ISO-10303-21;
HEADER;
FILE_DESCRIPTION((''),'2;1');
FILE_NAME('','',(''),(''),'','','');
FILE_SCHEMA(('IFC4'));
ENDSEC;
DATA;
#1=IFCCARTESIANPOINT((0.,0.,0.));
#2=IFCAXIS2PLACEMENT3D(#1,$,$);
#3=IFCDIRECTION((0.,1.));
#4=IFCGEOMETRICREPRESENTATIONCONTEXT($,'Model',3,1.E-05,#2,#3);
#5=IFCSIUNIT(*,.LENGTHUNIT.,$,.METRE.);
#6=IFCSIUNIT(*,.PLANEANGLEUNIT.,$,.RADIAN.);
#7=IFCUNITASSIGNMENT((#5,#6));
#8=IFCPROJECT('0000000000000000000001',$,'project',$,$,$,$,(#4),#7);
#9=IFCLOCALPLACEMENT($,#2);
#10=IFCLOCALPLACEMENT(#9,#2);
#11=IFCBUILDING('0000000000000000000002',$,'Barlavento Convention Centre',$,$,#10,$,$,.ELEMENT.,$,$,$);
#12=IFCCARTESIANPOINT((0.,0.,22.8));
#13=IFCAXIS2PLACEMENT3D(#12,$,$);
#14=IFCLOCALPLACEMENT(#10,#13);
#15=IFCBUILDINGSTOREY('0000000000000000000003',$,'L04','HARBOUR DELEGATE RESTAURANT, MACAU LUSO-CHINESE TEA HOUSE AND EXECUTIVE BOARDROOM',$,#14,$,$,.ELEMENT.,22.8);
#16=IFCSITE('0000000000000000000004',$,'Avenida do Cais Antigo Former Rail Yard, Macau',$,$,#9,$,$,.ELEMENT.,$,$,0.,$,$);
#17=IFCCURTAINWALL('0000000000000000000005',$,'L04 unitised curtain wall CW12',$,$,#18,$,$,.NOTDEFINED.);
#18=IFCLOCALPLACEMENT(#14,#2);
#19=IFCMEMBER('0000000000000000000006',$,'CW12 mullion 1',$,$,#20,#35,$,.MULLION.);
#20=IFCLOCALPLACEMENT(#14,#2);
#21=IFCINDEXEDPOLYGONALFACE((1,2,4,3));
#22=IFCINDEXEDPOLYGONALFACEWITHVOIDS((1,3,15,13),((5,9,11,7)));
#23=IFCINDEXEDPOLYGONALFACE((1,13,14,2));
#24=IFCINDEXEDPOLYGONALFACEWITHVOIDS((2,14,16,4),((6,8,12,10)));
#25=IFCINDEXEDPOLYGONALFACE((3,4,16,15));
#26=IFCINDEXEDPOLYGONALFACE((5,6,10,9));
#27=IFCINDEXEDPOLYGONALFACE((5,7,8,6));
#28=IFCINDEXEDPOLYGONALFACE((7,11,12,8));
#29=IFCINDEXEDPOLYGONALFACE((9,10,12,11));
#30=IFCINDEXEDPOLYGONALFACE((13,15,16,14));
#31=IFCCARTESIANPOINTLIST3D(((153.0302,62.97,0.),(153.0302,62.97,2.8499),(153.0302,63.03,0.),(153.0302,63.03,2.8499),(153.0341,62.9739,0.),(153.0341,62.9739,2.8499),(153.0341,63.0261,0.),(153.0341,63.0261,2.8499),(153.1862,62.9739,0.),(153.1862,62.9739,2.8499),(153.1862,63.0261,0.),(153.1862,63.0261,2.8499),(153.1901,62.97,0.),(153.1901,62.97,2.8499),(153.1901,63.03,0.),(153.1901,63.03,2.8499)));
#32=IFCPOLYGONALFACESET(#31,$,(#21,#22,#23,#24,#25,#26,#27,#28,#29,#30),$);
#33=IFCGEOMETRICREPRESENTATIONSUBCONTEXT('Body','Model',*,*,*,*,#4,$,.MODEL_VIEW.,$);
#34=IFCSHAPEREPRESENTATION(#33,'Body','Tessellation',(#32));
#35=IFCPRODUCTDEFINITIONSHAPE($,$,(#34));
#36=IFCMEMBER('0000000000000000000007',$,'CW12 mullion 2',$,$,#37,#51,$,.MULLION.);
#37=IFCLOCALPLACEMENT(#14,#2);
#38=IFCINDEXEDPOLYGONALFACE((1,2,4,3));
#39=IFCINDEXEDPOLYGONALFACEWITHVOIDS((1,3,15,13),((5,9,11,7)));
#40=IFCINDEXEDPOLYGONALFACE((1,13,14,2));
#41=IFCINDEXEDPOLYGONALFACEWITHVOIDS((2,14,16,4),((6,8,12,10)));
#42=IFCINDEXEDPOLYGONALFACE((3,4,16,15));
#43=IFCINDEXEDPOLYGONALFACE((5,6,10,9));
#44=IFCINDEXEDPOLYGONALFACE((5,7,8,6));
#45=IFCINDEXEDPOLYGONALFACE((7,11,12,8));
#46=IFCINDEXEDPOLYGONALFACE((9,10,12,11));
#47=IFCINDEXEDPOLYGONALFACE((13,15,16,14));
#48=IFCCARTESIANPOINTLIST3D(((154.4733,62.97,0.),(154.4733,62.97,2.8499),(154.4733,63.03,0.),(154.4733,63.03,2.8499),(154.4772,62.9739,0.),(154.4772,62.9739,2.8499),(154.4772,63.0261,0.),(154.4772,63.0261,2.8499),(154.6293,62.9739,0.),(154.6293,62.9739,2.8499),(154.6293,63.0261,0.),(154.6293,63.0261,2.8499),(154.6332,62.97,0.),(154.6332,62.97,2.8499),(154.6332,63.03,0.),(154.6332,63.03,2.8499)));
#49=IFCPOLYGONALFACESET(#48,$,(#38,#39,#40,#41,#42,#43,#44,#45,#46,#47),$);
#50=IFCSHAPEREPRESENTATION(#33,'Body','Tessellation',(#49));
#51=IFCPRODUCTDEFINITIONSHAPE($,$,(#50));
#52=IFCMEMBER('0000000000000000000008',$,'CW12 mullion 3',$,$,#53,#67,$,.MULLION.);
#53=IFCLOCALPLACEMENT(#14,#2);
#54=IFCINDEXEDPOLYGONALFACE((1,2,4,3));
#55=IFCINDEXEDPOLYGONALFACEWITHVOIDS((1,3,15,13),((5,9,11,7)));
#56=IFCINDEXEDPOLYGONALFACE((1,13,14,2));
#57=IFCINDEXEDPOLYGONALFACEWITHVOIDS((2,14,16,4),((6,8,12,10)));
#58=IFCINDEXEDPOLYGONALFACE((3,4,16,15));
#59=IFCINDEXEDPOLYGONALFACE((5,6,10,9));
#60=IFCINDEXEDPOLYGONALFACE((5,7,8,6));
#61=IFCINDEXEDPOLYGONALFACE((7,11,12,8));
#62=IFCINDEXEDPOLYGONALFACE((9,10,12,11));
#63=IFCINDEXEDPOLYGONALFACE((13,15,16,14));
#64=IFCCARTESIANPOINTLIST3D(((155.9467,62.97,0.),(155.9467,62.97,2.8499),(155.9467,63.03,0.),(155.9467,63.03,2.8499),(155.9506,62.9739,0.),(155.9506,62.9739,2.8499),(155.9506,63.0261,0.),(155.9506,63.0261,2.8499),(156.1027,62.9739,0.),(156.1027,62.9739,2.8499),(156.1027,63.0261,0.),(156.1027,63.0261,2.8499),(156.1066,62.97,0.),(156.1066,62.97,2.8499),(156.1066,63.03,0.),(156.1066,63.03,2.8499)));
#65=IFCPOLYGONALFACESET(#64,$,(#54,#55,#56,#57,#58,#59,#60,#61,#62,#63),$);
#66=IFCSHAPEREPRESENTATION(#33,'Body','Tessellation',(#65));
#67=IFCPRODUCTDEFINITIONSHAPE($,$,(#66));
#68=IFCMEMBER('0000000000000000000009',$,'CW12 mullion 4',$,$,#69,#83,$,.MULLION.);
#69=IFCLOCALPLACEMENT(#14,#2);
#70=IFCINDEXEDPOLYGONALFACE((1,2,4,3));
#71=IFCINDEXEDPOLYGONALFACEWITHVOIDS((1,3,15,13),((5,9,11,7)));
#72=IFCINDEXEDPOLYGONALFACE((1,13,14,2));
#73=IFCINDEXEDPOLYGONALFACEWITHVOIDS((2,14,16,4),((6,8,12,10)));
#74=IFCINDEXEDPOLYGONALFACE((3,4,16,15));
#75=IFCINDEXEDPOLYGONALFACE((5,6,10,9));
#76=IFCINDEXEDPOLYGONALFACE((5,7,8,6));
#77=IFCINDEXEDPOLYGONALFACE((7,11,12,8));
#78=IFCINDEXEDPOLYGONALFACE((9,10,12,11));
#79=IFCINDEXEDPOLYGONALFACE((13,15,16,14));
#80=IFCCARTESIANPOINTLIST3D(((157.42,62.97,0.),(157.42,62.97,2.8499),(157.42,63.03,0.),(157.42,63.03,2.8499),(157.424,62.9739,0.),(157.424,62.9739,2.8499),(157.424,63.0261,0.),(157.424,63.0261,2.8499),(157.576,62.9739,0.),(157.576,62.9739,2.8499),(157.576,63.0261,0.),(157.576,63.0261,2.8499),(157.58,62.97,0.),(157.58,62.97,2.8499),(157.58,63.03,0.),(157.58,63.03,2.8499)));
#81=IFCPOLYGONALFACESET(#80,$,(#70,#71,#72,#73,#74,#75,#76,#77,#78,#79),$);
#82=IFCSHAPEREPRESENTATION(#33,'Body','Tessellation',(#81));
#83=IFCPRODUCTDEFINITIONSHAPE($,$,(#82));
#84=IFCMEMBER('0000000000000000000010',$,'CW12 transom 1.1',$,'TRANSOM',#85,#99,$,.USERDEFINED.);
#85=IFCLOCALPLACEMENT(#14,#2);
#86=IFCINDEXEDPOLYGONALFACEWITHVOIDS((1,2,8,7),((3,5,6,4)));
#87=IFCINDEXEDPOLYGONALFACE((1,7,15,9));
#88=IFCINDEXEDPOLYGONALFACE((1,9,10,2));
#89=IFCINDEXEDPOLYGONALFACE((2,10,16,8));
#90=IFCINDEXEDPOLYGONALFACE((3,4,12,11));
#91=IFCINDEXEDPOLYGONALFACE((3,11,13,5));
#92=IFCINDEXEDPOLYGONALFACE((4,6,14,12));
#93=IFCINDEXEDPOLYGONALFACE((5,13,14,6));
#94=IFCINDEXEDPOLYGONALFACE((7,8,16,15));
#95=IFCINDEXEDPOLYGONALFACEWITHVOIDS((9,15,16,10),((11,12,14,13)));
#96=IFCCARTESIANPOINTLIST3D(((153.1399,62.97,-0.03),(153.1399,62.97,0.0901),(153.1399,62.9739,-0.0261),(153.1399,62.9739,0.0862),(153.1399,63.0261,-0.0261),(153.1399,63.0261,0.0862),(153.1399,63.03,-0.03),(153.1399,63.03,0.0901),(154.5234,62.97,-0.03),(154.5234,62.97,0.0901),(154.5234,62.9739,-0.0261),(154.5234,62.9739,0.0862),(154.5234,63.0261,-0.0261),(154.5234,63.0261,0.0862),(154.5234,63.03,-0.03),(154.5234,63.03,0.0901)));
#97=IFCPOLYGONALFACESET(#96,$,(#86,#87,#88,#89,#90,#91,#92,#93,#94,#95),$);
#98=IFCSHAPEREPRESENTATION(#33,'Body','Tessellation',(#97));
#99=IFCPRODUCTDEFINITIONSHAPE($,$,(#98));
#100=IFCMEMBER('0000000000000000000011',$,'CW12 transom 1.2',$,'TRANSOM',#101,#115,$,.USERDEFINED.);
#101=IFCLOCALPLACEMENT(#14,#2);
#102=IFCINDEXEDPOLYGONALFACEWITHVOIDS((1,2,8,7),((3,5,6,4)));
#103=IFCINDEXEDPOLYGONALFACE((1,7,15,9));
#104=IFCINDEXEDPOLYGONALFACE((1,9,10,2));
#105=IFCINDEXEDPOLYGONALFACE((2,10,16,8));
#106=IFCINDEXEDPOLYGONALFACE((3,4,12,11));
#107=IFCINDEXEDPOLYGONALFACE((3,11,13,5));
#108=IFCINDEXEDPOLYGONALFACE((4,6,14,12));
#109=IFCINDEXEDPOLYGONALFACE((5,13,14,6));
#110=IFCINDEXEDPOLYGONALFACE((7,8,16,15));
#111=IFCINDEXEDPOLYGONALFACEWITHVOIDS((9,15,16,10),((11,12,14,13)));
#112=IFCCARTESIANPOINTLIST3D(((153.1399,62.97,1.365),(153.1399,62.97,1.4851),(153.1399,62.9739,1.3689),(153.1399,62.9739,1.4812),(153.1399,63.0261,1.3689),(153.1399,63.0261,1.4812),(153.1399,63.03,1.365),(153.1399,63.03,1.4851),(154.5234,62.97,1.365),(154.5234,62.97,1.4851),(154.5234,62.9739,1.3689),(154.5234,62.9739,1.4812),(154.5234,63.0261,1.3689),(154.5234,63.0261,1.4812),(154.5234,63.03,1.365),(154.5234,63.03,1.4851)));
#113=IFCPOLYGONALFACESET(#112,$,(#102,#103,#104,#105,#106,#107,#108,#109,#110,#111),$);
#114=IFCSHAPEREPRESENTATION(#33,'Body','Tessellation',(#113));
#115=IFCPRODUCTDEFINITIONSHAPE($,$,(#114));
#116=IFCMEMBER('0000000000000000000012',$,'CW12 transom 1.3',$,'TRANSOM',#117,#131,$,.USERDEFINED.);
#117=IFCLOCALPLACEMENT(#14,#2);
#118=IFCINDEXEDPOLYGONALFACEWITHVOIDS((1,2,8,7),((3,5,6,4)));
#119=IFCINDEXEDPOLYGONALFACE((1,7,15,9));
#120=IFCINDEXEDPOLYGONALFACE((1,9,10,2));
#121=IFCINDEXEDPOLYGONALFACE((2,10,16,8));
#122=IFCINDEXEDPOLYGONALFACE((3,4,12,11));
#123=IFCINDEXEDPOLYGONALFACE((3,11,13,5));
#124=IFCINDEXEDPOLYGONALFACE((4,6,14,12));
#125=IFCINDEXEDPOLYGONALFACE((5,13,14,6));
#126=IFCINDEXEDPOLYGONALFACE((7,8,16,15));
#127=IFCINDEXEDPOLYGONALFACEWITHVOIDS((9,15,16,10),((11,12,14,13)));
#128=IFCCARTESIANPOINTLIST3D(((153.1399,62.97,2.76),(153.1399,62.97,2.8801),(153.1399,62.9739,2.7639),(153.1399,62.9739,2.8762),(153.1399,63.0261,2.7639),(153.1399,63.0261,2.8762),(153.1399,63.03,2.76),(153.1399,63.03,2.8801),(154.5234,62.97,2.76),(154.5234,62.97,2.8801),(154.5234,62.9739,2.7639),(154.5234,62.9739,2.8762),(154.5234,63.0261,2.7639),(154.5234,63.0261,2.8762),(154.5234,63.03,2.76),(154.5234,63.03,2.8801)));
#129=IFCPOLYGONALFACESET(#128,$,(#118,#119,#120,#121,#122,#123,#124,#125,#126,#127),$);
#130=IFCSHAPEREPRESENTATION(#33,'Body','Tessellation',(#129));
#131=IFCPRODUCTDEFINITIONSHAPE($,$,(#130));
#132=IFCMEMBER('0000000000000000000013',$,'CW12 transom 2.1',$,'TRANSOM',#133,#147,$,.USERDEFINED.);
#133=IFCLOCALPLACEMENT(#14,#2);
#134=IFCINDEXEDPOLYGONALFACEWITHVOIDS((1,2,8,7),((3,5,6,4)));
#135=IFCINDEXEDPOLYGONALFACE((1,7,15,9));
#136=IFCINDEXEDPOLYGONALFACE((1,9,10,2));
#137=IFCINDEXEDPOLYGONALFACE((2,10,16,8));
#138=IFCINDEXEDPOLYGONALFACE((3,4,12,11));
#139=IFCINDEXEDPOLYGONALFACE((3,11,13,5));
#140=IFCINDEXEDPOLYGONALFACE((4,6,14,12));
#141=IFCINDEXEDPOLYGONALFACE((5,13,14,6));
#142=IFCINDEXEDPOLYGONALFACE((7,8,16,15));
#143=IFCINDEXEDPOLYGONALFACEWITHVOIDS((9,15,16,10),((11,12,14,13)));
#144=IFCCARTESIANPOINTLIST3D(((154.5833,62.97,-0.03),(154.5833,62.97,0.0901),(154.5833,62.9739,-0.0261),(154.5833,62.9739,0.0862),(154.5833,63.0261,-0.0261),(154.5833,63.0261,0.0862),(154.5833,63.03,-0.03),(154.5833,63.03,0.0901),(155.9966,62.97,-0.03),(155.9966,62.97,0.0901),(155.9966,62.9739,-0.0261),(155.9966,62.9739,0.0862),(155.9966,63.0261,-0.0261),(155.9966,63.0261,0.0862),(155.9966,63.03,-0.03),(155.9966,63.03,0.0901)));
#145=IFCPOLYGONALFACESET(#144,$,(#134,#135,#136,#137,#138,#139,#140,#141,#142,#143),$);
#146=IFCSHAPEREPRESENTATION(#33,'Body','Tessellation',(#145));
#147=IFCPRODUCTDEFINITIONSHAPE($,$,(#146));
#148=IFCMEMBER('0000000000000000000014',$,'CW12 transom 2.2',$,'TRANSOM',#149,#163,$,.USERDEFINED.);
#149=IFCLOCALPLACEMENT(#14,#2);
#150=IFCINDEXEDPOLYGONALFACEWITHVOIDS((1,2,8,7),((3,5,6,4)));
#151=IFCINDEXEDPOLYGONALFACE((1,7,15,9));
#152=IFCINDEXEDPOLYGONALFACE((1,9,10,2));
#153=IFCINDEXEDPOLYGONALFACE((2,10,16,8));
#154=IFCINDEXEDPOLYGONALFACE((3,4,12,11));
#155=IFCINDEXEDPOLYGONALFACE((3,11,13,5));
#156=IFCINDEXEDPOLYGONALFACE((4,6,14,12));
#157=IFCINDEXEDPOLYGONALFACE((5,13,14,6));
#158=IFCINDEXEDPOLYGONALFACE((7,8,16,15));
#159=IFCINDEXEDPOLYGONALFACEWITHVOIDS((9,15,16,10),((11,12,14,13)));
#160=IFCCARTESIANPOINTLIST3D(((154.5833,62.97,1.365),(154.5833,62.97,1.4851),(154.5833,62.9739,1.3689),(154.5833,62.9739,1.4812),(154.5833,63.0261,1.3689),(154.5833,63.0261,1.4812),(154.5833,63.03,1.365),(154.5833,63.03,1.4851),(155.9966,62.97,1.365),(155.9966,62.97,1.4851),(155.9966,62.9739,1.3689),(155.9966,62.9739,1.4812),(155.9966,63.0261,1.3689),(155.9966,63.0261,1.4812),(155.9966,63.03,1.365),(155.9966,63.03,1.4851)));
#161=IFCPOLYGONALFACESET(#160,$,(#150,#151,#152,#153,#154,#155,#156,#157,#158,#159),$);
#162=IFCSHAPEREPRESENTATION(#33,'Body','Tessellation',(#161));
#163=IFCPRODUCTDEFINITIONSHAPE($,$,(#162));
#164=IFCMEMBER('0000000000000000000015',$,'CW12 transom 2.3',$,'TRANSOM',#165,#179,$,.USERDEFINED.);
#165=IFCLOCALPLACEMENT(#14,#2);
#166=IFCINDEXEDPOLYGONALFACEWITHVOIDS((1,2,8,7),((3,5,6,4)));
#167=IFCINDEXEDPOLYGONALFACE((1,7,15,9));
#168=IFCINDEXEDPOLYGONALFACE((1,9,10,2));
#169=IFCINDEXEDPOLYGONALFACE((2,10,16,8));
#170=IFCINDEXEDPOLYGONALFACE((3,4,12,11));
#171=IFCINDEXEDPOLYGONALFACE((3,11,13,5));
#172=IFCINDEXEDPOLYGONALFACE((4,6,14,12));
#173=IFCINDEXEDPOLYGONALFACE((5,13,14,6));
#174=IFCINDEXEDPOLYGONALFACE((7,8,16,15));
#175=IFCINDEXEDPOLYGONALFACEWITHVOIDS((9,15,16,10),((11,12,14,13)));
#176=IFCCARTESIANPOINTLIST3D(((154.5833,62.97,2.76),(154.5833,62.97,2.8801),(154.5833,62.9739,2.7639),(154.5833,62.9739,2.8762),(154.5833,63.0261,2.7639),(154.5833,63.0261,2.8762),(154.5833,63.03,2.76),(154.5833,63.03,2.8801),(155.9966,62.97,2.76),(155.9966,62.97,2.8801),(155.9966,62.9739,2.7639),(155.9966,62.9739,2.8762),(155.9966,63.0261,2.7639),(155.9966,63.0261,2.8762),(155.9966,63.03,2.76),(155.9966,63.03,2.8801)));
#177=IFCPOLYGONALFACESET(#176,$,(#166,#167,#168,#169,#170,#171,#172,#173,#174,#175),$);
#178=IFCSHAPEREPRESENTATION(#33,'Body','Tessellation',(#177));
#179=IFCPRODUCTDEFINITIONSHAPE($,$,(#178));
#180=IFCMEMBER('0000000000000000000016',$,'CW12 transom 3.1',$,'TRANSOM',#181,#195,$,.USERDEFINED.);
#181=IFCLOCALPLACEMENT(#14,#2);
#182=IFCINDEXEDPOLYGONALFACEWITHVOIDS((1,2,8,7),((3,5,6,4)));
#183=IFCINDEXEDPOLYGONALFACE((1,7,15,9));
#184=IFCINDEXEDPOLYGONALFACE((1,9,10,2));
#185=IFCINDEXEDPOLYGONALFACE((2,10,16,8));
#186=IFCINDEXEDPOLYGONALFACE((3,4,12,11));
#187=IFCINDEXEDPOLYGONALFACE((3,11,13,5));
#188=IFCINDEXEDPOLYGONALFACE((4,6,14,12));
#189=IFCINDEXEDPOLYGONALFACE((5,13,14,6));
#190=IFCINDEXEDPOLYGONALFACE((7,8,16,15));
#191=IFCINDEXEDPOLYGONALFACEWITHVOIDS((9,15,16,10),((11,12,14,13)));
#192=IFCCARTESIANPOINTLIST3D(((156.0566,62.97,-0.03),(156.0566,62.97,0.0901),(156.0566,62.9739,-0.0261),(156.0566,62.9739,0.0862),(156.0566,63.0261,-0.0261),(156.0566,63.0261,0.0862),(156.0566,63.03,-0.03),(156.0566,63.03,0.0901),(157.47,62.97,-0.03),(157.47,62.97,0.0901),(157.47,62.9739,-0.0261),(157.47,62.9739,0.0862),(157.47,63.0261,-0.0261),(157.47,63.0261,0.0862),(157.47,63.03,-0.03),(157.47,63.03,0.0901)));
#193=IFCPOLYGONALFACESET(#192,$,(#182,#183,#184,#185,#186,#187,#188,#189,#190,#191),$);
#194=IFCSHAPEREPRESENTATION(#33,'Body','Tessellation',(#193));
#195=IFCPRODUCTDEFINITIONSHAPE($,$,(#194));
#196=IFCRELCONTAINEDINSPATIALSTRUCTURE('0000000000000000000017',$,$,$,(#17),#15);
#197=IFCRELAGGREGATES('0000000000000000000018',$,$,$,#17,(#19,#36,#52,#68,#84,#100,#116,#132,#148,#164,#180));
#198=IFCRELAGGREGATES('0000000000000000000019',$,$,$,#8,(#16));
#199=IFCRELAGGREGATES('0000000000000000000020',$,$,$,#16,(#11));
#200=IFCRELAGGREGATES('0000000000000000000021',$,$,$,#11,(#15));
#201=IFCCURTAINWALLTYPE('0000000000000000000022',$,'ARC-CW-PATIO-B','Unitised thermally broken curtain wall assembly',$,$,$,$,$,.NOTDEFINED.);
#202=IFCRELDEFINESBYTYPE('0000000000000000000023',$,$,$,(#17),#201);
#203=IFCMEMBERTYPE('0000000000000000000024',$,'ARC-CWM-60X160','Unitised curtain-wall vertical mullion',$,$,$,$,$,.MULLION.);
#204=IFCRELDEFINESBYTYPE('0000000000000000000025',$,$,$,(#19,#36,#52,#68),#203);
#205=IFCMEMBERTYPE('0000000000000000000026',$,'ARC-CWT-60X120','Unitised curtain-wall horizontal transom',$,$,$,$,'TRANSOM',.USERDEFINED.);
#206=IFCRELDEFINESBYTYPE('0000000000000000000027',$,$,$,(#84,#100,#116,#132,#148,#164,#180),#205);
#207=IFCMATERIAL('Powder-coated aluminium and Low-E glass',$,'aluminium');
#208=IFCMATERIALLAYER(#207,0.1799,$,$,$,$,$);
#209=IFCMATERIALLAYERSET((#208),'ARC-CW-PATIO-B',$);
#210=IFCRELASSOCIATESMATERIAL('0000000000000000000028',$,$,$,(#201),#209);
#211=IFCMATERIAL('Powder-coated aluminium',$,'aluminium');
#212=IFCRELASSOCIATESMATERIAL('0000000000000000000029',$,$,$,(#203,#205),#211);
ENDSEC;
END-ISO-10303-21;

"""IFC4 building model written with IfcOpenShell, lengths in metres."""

from ifc_helpers import new_model, si_unit, direction, frame, origin, origin_2d, place, context, subcontext, project, spatial, hollow_rectangle, extrude, material, layer, layer_set, material_profile, profile_set, type_object, element, aggregate, save


model = new_model("IFC4")

# Units and contexts
model_context = context("Model", 3, precision=1e-05, world=origin(), true_north=direction((0.0, 1.0)))
body_context = subcontext(model_context, "Body", "Model", "MODEL_VIEW")
ifc_project = project(units=[si_unit("LENGTHUNIT", "METRE"), si_unit("PLANEANGLEUNIT", "RADIAN")], contexts=[model_context])

# Site, building, storey
site_placement = place(None, origin())
site = spatial("IfcSite", under=ifc_project, at=site_placement, Name="Avenida do Cais Antigo Former Rail Yard, Macau", CompositionType="ELEMENT", RefElevation=0.0)
building_placement = place(site_placement, origin())
building = spatial("IfcBuilding", under=site, at=building_placement, Name="Barlavento Convention Centre", CompositionType="ELEMENT")
storey_placement = place(building_placement, frame((0.0, 0.0, 22.8)))
storey = spatial("IfcBuildingStorey", under=building, at=storey_placement, Name="L04", Description="HARBOUR DELEGATE RESTAURANT, MACAU LUSO-CHINESE TEA HOUSE AND EXECUTIVE BOARDROOM", CompositionType="ELEMENT", Elevation=22.8)

# Curtain wall, members
ifc_material_1 = material(Name="Powder-coated aluminium and Low-E glass", Category="aluminium")
ifc_layer_1 = layer(ifc_material_1, 0.1799)
ifc_layer_set_1 = layer_set([ifc_layer_1], Name="ARC-CW-PATIO-B")
curtain_wall_type = type_object("IfcCurtainWallType", Name="ARC-CW-PATIO-B", Description="Unitised thermally broken curtain wall assembly", PredefinedType="NOTDEFINED", material=ifc_layer_set_1)
curtain_wall_placement = place(storey_placement, origin())
curtain_wall = element("IfcCurtainWall", 1, at=curtain_wall_placement, inside=storey, type_object=curtain_wall_type, Name="L04 unitised curtain wall CW12", PredefinedType="NOTDEFINED")
ifc_material_2 = material(Name="Powder-coated aluminium", Category="aluminium")
ifc_material_profile_1 = material_profile(ifc_material_2, hollow_rectangle(XDim=0.0601, YDim=0.1599, WallThickness=0.0039, at=origin_2d()), Name="AL-MULL 60x160x4")
ifc_profile_set_1 = profile_set([ifc_material_profile_1], Name="Powder-coated aluminium")
member_type_1 = type_object("IfcMemberType", Name="ARC-CWM-60X160", Description="Unitised curtain-wall vertical mullion", PredefinedType="MULLION", material=ifc_profile_set_1)
member_1_placement = place(storey_placement, frame((153.1101, 63.0, 0.0), z_axis=(0.0, 0.0, 1.0), x_axis=(0.0, 1.0, 0.0)))
member_1 = element("IfcMember", 2, at=member_1_placement, type_object=member_type_1, Name="CW12 mullion 1", PredefinedType="MULLION", context=body_context, shape_type="SweptSolid", body=[
    extrude(hollow_rectangle(XDim=0.0601, YDim=0.1599, WallThickness=0.0039, at=origin_2d()), origin(), (0.0, 0.0, 1.0), 2.8499),
])
member_2_placement = place(storey_placement, frame((154.5532, 63.0, 0.0), z_axis=(0.0, 0.0, 1.0), x_axis=(0.0, 1.0, 0.0)))
member_2 = element("IfcMember", 3, at=member_2_placement, type_object=member_type_1, Name="CW12 mullion 2", PredefinedType="MULLION", context=body_context, shape_type="SweptSolid", body=[
    extrude(hollow_rectangle(XDim=0.0601, YDim=0.1599, WallThickness=0.0039, at=origin_2d()), origin(), (0.0, 0.0, 1.0), 2.8499),
])
member_3_placement = place(storey_placement, frame((156.0266, 63.0, 0.0), z_axis=(0.0, 0.0, 1.0), x_axis=(0.0, 1.0, 0.0)))
member_3 = element("IfcMember", 4, at=member_3_placement, type_object=member_type_1, Name="CW12 mullion 3", PredefinedType="MULLION", context=body_context, shape_type="SweptSolid", body=[
    extrude(hollow_rectangle(XDim=0.0601, YDim=0.1599, WallThickness=0.0039, at=origin_2d()), origin(), (0.0, 0.0, 1.0), 2.8499),
])
member_4_placement = place(storey_placement, frame((157.5, 63.0, 0.0), z_axis=(0.0, 0.0, 1.0), x_axis=(0.0, 1.0, 0.0)))
member_4 = element("IfcMember", 5, at=member_4_placement, type_object=member_type_1, Name="CW12 mullion 4", PredefinedType="MULLION", context=body_context, shape_type="SweptSolid", body=[
    extrude(hollow_rectangle(XDim=0.0601, YDim=0.1599, WallThickness=0.0039, at=origin_2d()), origin(), (0.0, 0.0, 1.0), 2.8499),
])
ifc_material_profile_2 = material_profile(ifc_material_2, hollow_rectangle(XDim=0.0601, YDim=0.1201, WallThickness=0.0039, at=origin_2d()), Name="AL-TRAN 60x120x4")
ifc_profile_set_2 = profile_set([ifc_material_profile_2], Name="Powder-coated aluminium")
member_type_2 = type_object("IfcMemberType", Name="ARC-CWT-60X120", Description="Unitised curtain-wall horizontal transom", ElementType="TRANSOM", PredefinedType="USERDEFINED", material=ifc_profile_set_2)
member_5_placement = place(storey_placement, frame((153.1399, 63.0, 0.03), z_axis=(1.0, 0.0, 0.0), x_axis=(0.0, 1.0, 0.0)))
member_5 = element("IfcMember", 6, at=member_5_placement, type_object=member_type_2, Name="CW12 transom 1.1", ObjectType="TRANSOM", PredefinedType="USERDEFINED", context=body_context, shape_type="SweptSolid", body=[
    extrude(hollow_rectangle(XDim=0.0601, YDim=0.1201, WallThickness=0.0039, at=origin_2d()), origin(), (0.0, 0.0, 1.0), 1.3835),
])
member_6_placement = place(storey_placement, frame((153.1399, 63.0, 1.425), z_axis=(1.0, 0.0, 0.0), x_axis=(0.0, 1.0, 0.0)))
member_6 = element("IfcMember", 7, at=member_6_placement, type_object=member_type_2, Name="CW12 transom 1.2", ObjectType="TRANSOM", PredefinedType="USERDEFINED", context=body_context, shape_type="SweptSolid", body=[
    extrude(hollow_rectangle(XDim=0.0601, YDim=0.1201, WallThickness=0.0039, at=origin_2d()), origin(), (0.0, 0.0, 1.0), 1.3835),
])
member_7_placement = place(storey_placement, frame((153.1399, 63.0, 2.8201), z_axis=(1.0, 0.0, 0.0), x_axis=(0.0, 1.0, 0.0)))
member_7 = element("IfcMember", 8, at=member_7_placement, type_object=member_type_2, Name="CW12 transom 1.3", ObjectType="TRANSOM", PredefinedType="USERDEFINED", context=body_context, shape_type="SweptSolid", body=[
    extrude(hollow_rectangle(XDim=0.0601, YDim=0.1201, WallThickness=0.0039, at=origin_2d()), origin(), (0.0, 0.0, 1.0), 1.3835),
])
member_8_placement = place(storey_placement, frame((154.5833, 63.0, 0.03), z_axis=(1.0, 0.0, 0.0), x_axis=(0.0, 1.0, 0.0)))
member_8 = element("IfcMember", 9, at=member_8_placement, type_object=member_type_2, Name="CW12 transom 2.1", ObjectType="TRANSOM", PredefinedType="USERDEFINED", context=body_context, shape_type="SweptSolid", body=[
    extrude(hollow_rectangle(XDim=0.0601, YDim=0.1201, WallThickness=0.0039, at=origin_2d()), origin(), (0.0, 0.0, 1.0), 1.4133),
])
member_9_placement = place(storey_placement, frame((154.5833, 63.0, 1.425), z_axis=(1.0, 0.0, 0.0), x_axis=(0.0, 1.0, 0.0)))
member_9 = element("IfcMember", 10, at=member_9_placement, type_object=member_type_2, Name="CW12 transom 2.2", ObjectType="TRANSOM", PredefinedType="USERDEFINED", context=body_context, shape_type="SweptSolid", body=[
    extrude(hollow_rectangle(XDim=0.0601, YDim=0.1201, WallThickness=0.0039, at=origin_2d()), origin(), (0.0, 0.0, 1.0), 1.4133),
])
member_10_placement = place(storey_placement, frame((154.5833, 63.0, 2.8201), z_axis=(1.0, 0.0, 0.0), x_axis=(0.0, 1.0, 0.0)))
member_10 = element("IfcMember", 11, at=member_10_placement, type_object=member_type_2, Name="CW12 transom 2.3", ObjectType="TRANSOM", PredefinedType="USERDEFINED", context=body_context, shape_type="SweptSolid", body=[
    extrude(hollow_rectangle(XDim=0.0601, YDim=0.1201, WallThickness=0.0039, at=origin_2d()), origin(), (0.0, 0.0, 1.0), 1.4133),
])
member_11_placement = place(storey_placement, frame((156.0566, 63.0, 0.03), z_axis=(1.0, 0.0, 0.0), x_axis=(0.0, 1.0, 0.0)))
member_11 = element("IfcMember", 12, at=member_11_placement, type_object=member_type_2, Name="CW12 transom 3.1", ObjectType="TRANSOM", PredefinedType="USERDEFINED", context=body_context, shape_type="SweptSolid", body=[
    extrude(hollow_rectangle(XDim=0.0601, YDim=0.1201, WallThickness=0.0039, at=origin_2d()), origin(), (0.0, 0.0, 1.0), 1.4133),
])

aggregate(curtain_wall, [member_1, member_2, member_3, member_4, member_5, member_6, member_7, member_8, member_9, member_10, member_11])

save(model, "model.ifc")
